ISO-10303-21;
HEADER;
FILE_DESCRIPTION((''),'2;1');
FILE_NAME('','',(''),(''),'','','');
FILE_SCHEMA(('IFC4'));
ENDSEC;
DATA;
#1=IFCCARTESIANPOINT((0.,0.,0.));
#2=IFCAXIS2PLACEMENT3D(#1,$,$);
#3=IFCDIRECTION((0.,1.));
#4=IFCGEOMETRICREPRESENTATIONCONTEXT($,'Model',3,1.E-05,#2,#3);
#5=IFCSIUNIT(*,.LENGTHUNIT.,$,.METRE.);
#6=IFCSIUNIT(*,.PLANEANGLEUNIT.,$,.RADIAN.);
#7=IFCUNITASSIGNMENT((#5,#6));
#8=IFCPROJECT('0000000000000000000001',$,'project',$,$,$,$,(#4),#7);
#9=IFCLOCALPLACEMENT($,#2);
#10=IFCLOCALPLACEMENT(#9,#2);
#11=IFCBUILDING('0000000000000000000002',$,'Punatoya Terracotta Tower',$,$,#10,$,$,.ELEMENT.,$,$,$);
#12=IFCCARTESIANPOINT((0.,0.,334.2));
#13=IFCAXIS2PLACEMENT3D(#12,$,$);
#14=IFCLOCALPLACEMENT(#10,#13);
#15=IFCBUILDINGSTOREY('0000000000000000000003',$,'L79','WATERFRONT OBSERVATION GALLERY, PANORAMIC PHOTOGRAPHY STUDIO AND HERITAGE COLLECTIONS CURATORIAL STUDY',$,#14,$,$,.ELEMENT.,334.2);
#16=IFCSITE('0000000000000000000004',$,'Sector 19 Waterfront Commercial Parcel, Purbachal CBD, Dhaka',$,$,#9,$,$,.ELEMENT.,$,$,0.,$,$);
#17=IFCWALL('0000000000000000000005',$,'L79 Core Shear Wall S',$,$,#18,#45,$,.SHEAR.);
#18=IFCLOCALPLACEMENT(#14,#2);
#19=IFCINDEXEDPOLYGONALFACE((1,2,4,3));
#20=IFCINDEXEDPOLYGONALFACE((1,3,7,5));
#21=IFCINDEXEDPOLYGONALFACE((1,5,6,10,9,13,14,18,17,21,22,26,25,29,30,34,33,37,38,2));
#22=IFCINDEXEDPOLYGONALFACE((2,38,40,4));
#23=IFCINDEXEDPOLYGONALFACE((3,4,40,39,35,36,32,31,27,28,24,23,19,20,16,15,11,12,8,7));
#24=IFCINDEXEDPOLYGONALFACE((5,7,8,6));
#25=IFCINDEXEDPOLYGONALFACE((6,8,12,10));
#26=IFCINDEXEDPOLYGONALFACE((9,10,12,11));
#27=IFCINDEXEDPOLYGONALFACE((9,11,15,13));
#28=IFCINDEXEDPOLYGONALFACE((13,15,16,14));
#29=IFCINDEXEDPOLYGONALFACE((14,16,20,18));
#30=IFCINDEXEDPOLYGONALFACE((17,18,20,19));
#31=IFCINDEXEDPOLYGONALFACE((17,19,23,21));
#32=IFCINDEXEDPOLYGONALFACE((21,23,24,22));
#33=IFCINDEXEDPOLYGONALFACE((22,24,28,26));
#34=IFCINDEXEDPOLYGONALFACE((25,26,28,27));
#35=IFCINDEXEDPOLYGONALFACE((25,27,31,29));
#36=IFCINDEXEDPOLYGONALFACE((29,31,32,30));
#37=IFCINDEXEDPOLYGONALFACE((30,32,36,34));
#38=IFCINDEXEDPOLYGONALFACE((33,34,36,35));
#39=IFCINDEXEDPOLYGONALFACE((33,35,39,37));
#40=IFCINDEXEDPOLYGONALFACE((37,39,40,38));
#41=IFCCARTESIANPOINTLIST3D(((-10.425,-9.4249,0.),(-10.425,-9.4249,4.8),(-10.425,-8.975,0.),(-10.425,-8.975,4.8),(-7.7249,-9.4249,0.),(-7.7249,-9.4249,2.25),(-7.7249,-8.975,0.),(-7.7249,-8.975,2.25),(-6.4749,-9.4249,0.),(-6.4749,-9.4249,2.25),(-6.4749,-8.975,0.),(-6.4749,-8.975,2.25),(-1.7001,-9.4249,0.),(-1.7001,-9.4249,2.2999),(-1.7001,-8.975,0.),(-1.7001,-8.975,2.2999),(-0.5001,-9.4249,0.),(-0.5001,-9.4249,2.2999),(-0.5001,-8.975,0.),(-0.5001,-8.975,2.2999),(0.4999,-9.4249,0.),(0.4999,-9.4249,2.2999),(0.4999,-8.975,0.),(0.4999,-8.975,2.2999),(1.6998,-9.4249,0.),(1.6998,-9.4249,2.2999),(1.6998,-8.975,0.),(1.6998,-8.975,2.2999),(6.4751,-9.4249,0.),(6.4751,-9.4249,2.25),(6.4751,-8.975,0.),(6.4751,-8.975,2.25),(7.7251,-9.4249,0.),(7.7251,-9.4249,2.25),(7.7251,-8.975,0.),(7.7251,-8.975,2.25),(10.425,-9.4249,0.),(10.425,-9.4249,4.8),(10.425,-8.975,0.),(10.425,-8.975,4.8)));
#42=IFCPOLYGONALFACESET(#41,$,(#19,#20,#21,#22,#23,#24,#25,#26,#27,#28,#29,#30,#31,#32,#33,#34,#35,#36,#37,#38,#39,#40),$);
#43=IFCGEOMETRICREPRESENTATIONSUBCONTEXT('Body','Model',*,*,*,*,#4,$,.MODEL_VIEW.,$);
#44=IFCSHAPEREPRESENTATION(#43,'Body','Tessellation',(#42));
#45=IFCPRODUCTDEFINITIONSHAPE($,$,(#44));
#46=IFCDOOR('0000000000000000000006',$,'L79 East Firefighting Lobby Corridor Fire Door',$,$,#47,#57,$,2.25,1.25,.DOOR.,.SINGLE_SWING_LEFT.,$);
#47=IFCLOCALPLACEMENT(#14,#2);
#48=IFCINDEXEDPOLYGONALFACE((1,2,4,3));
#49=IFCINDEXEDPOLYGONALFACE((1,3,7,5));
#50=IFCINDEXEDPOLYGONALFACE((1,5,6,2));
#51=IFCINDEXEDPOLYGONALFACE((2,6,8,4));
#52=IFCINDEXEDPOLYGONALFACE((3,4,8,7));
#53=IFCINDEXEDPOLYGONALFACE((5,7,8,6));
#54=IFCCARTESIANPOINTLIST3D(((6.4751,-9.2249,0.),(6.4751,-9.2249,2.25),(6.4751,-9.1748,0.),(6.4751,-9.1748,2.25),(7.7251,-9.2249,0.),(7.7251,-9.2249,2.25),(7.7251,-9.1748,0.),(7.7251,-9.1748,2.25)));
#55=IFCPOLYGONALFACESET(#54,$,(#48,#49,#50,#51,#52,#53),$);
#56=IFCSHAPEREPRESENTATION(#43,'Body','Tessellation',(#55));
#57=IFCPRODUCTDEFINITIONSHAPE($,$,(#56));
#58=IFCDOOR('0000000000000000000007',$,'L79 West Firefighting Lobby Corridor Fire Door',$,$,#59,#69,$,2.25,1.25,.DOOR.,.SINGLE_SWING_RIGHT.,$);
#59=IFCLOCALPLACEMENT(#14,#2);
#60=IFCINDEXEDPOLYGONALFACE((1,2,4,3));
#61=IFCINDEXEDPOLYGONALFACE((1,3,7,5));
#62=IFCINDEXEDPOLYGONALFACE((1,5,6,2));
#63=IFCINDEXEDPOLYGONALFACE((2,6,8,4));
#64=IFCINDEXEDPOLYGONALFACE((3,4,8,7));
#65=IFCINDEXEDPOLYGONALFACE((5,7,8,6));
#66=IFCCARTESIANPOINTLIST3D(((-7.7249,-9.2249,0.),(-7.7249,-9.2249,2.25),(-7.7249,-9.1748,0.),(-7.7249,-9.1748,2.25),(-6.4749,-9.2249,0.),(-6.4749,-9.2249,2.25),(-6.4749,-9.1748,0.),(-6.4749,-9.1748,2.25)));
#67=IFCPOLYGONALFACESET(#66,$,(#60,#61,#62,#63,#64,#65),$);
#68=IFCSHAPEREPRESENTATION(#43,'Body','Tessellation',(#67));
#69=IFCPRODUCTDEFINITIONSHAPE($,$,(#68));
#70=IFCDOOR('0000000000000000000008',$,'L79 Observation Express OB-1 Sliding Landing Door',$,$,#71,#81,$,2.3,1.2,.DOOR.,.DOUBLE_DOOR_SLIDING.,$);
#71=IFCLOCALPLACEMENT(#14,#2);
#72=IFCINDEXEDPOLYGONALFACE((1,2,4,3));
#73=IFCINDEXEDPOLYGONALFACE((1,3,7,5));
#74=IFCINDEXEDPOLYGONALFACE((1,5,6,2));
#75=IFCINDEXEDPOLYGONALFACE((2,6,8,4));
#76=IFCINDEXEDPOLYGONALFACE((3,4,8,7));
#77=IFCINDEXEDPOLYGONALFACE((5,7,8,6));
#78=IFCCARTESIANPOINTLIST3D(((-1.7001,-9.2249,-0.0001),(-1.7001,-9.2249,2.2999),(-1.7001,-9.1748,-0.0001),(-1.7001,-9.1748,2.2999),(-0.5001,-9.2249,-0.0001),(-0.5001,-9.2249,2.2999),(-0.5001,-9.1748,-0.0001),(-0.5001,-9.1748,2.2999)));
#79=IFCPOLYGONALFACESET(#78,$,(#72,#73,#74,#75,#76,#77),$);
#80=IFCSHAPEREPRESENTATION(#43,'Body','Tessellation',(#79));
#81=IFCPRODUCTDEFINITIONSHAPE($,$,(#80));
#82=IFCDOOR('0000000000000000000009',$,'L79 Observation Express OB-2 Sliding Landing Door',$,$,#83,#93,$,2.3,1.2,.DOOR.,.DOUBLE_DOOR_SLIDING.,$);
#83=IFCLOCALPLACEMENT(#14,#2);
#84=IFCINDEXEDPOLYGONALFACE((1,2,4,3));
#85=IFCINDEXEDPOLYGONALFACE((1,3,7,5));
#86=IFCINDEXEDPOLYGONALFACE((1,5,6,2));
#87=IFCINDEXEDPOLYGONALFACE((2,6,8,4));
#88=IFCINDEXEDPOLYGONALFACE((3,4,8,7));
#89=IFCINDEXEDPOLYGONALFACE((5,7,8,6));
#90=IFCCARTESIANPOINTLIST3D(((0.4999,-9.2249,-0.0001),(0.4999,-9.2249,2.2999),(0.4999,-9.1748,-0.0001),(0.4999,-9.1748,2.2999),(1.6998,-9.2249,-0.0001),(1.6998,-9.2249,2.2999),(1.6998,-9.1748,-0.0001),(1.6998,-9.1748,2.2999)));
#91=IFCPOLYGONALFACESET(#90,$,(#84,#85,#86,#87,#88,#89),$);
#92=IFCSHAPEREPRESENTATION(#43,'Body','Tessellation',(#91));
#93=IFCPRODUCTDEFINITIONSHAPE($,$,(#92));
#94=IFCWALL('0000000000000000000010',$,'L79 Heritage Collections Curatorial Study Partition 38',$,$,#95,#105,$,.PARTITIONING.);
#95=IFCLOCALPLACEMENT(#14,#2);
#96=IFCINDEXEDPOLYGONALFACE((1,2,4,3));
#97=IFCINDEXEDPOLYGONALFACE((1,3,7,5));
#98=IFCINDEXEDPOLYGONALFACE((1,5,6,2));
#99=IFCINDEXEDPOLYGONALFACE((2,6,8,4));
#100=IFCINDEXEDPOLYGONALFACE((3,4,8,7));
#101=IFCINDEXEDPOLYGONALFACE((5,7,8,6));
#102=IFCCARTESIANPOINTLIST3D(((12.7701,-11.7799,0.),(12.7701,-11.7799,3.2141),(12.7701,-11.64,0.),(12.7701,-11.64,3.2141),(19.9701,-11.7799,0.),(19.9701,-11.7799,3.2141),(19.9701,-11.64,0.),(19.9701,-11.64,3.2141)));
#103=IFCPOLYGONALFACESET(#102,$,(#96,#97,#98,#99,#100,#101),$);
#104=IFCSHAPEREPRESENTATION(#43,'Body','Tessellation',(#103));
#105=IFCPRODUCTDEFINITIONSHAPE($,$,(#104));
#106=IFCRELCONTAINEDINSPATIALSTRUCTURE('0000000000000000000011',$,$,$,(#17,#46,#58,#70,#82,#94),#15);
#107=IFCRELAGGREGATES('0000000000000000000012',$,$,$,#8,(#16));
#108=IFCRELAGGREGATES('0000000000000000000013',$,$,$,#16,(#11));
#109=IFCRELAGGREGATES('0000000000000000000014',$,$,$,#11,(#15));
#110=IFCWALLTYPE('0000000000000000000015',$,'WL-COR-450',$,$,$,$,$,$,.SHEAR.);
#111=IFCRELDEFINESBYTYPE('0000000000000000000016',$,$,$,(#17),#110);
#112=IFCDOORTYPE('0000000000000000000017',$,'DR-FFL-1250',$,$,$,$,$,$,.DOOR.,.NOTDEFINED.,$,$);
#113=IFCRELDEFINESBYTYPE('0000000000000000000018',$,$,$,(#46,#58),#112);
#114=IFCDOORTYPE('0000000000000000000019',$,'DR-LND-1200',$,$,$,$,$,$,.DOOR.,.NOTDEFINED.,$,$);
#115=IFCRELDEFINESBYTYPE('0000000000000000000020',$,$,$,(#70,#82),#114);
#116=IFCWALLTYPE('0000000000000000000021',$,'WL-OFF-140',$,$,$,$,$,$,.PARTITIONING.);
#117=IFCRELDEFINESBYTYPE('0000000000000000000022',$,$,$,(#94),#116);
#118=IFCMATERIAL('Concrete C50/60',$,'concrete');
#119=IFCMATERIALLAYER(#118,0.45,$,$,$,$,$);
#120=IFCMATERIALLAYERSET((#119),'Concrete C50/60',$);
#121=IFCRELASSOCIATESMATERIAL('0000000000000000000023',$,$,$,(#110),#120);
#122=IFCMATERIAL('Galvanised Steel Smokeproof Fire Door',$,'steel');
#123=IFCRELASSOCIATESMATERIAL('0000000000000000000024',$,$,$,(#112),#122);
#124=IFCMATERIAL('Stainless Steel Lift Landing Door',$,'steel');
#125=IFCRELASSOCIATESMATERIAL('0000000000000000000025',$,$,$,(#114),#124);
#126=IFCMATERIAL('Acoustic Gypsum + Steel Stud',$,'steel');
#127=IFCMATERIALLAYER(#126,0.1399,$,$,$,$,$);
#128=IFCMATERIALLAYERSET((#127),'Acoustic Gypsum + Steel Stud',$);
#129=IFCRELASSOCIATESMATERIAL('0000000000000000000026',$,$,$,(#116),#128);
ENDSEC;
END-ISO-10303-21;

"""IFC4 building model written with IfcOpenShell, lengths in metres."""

from ifc_helpers import new_model, si_unit, direction, frame, frame_2d, origin, place, context, subcontext, project, spatial, rectangle, extrude, material, layer, layer_set, type_object, element, fill, save


model = new_model("IFC4")

# Units and contexts
model_context = context("Model", 3, precision=1e-05, world=origin(), true_north=direction((0.0, 1.0)))
body_context = subcontext(model_context, "Body", "Model", "MODEL_VIEW")
ifc_project = project(units=[si_unit("LENGTHUNIT", "METRE"), si_unit("PLANEANGLEUNIT", "RADIAN")], contexts=[model_context])

# Site, building, storey
site_placement = place(None, origin())
site = spatial("IfcSite", under=ifc_project, at=site_placement, Name="Sector 19 Waterfront Commercial Parcel, Purbachal CBD, Dhaka", CompositionType="ELEMENT", RefElevation=0.0)
building_placement = place(site_placement, origin())
building = spatial("IfcBuilding", under=site, at=building_placement, Name="Punatoya Terracotta Tower", CompositionType="ELEMENT")
storey_placement = place(building_placement, frame((0.0, 0.0, 334.2)))
storey = spatial("IfcBuildingStorey", under=building, at=storey_placement, Name="L79", Description="WATERFRONT OBSERVATION GALLERY, PANORAMIC PHOTOGRAPHY STUDIO AND HERITAGE COLLECTIONS CURATORIAL STUDY", CompositionType="ELEMENT", Elevation=334.2)

# Wall, openings, doors
ifc_material_1 = material(Name="Concrete C50/60", Category="concrete")
ifc_layer_1 = layer(ifc_material_1, 0.45)
ifc_layer_set_1 = layer_set([ifc_layer_1], Name="Concrete C50/60")
wall_type_1 = type_object("IfcWallType", Name="WL-COR-450", PredefinedType="SHEAR", material=ifc_layer_set_1)
wall_1_placement = place(storey_placement, frame((10.425, -9.2, 0.0), z_axis=(0.0, 0.0, 1.0), x_axis=(-1.0, 0.0, 0.0)))
wall_1 = element("IfcWall", 1, at=wall_1_placement, inside=storey, type_object=wall_type_1, Name="L79 Core Shear Wall S", PredefinedType="SHEAR", context=body_context, shape_type="SweptSolid", body=[
    extrude(rectangle(XDim=20.8501, YDim=0.45, at=frame_2d((10.425, 0.0))), origin(), (0.0, 0.0, 1.0), 4.8),
])
opening_1_placement = place(wall_1_placement, frame((2.7, 0.0, 0.0)))
opening_1 = element("IfcOpeningElement", 2, at=opening_1_placement, cuts=wall_1, PredefinedType="OPENING", context=body_context, shape_type="SweptSolid", body=[
    extrude(rectangle(XDim=1.25, YDim=2.25, at=frame_2d((0.625, 1.125))), frame((0.0, 0.2349, 0.0), z_axis=(0.0, -1.0, 0.0), x_axis=(1.0, 0.0, 0.0)), (0.0, 0.0, 1.0), 0.47),
])
opening_2_placement = place(wall_1_placement, frame((16.8999, 0.0, 0.0)))
opening_2 = element("IfcOpeningElement", 3, at=opening_2_placement, cuts=wall_1, PredefinedType="OPENING", context=body_context, shape_type="SweptSolid", body=[
    extrude(rectangle(XDim=1.25, YDim=2.25, at=frame_2d((0.625, 1.125))), frame((0.0, 0.2349, 0.0), z_axis=(0.0, -1.0, 0.0), x_axis=(1.0, 0.0, 0.0)), (0.0, 0.0, 1.0), 0.47),
])
opening_3_placement = place(wall_1_placement, frame((10.925, 0.0, 0.0)))
opening_3 = element("IfcOpeningElement", 4, at=opening_3_placement, cuts=wall_1, PredefinedType="OPENING", context=body_context, shape_type="SweptSolid", body=[
    extrude(rectangle(XDim=1.2, YDim=2.3, at=frame_2d((0.6001, 1.1499))), frame((0.0, 0.2349, 0.0), z_axis=(0.0, -1.0, 0.0), x_axis=(1.0, 0.0, 0.0)), (0.0, 0.0, 1.0), 0.47),
])
opening_4_placement = place(wall_1_placement, frame((8.7251, 0.0, 0.0)))
opening_4 = element("IfcOpeningElement", 5, at=opening_4_placement, cuts=wall_1, PredefinedType="OPENING", context=body_context, shape_type="SweptSolid", body=[
    extrude(rectangle(XDim=1.2, YDim=2.3, at=frame_2d((0.6001, 1.1499))), frame((0.0, 0.2349, 0.0), z_axis=(0.0, -1.0, 0.0), x_axis=(1.0, 0.0, 0.0)), (0.0, 0.0, 1.0), 0.47),
])
ifc_material_2 = material(Name="Galvanised Steel Smokeproof Fire Door", Category="steel")
door_type_1 = type_object("IfcDoorType", Name="DR-FFL-1250", OperationType="NOTDEFINED", PredefinedType="DOOR", material=ifc_material_2)
door_1_placement = place(opening_1_placement, origin())
door_1 = element("IfcDoor", 6, at=door_1_placement, inside=storey, type_object=door_type_1, Name="L79 East Firefighting Lobby Corridor Fire Door", OperationType="SINGLE_SWING_LEFT", OverallHeight=2.25, OverallWidth=1.25, PredefinedType="DOOR", context=body_context, shape_type="SweptSolid", body=[
    extrude(rectangle(XDim=1.25, YDim=2.25, at=frame_2d((0.625, 1.125))), frame((0.0, 0.0249, 0.0), z_axis=(0.0, -1.0, 0.0), x_axis=(1.0, 0.0, 0.0)), (0.0, 0.0, 1.0), 0.05),
])
fill(opening_1, door_1)
door_2_placement = place(opening_2_placement, origin())
door_2 = element("IfcDoor", 7, at=door_2_placement, inside=storey, type_object=door_type_1, Name="L79 West Firefighting Lobby Corridor Fire Door", OperationType="SINGLE_SWING_RIGHT", OverallHeight=2.25, OverallWidth=1.25, PredefinedType="DOOR", context=body_context, shape_type="SweptSolid", body=[
    extrude(rectangle(XDim=1.25, YDim=2.25, at=frame_2d((0.625, 1.125))), frame((0.0, 0.0249, 0.0), z_axis=(0.0, -1.0, 0.0), x_axis=(1.0, 0.0, 0.0)), (0.0, 0.0, 1.0), 0.05),
])
fill(opening_2, door_2)
ifc_material_3 = material(Name="Stainless Steel Lift Landing Door", Category="steel")
door_type_2 = type_object("IfcDoorType", Name="DR-LND-1200", OperationType="NOTDEFINED", PredefinedType="DOOR", material=ifc_material_3)
door_3_placement = place(opening_3_placement, origin())
door_3 = element("IfcDoor", 8, at=door_3_placement, inside=storey, type_object=door_type_2, Name="L79 Observation Express OB-1 Sliding Landing Door", OperationType="DOUBLE_DOOR_SLIDING", OverallHeight=2.3, OverallWidth=1.2, PredefinedType="DOOR", context=body_context, shape_type="SweptSolid", body=[
    extrude(rectangle(XDim=1.2, YDim=2.3, at=frame_2d((0.6001, 1.1499))), frame((0.0, 0.0249, 0.0), z_axis=(0.0, -1.0, 0.0), x_axis=(1.0, 0.0, 0.0)), (0.0, 0.0, 1.0), 0.05),
])
fill(opening_3, door_3)
door_4_placement = place(opening_4_placement, origin())
door_4 = element("IfcDoor", 9, at=door_4_placement, inside=storey, type_object=door_type_2, Name="L79 Observation Express OB-2 Sliding Landing Door", OperationType="DOUBLE_DOOR_SLIDING", OverallHeight=2.3, OverallWidth=1.2, PredefinedType="DOOR", context=body_context, shape_type="SweptSolid", body=[
    extrude(rectangle(XDim=1.2, YDim=2.3, at=frame_2d((0.6001, 1.1499))), frame((0.0, 0.0249, 0.0), z_axis=(0.0, -1.0, 0.0), x_axis=(1.0, 0.0, 0.0)), (0.0, 0.0, 1.0), 0.05),
])
fill(opening_4, door_4)

# Wall
ifc_material_4 = material(Name="Acoustic Gypsum + Steel Stud", Category="steel")
ifc_layer_2 = layer(ifc_material_4, 0.1399)
ifc_layer_set_2 = layer_set([ifc_layer_2], Name="Acoustic Gypsum + Steel Stud")
wall_type_2 = type_object("IfcWallType", Name="WL-OFF-140", PredefinedType="PARTITIONING", material=ifc_layer_set_2)
wall_2_placement = place(storey_placement, frame((12.77, -11.71, 0.0), z_axis=(0.0, 0.0, 1.0), x_axis=(1.0, 0.0, 0.0)))
element("IfcWall", 10, at=wall_2_placement, inside=storey, type_object=wall_type_2, Name="L79 Heritage Collections Curatorial Study Partition 38", PredefinedType="PARTITIONING", context=body_context, shape_type="SweptSolid", body=[
    extrude(rectangle(XDim=7.2, YDim=0.1399, at=frame_2d((3.6001, 0.0))), origin(), (0.0, 0.0, 1.0), 3.2141),
])

save(model, "model.ifc")
